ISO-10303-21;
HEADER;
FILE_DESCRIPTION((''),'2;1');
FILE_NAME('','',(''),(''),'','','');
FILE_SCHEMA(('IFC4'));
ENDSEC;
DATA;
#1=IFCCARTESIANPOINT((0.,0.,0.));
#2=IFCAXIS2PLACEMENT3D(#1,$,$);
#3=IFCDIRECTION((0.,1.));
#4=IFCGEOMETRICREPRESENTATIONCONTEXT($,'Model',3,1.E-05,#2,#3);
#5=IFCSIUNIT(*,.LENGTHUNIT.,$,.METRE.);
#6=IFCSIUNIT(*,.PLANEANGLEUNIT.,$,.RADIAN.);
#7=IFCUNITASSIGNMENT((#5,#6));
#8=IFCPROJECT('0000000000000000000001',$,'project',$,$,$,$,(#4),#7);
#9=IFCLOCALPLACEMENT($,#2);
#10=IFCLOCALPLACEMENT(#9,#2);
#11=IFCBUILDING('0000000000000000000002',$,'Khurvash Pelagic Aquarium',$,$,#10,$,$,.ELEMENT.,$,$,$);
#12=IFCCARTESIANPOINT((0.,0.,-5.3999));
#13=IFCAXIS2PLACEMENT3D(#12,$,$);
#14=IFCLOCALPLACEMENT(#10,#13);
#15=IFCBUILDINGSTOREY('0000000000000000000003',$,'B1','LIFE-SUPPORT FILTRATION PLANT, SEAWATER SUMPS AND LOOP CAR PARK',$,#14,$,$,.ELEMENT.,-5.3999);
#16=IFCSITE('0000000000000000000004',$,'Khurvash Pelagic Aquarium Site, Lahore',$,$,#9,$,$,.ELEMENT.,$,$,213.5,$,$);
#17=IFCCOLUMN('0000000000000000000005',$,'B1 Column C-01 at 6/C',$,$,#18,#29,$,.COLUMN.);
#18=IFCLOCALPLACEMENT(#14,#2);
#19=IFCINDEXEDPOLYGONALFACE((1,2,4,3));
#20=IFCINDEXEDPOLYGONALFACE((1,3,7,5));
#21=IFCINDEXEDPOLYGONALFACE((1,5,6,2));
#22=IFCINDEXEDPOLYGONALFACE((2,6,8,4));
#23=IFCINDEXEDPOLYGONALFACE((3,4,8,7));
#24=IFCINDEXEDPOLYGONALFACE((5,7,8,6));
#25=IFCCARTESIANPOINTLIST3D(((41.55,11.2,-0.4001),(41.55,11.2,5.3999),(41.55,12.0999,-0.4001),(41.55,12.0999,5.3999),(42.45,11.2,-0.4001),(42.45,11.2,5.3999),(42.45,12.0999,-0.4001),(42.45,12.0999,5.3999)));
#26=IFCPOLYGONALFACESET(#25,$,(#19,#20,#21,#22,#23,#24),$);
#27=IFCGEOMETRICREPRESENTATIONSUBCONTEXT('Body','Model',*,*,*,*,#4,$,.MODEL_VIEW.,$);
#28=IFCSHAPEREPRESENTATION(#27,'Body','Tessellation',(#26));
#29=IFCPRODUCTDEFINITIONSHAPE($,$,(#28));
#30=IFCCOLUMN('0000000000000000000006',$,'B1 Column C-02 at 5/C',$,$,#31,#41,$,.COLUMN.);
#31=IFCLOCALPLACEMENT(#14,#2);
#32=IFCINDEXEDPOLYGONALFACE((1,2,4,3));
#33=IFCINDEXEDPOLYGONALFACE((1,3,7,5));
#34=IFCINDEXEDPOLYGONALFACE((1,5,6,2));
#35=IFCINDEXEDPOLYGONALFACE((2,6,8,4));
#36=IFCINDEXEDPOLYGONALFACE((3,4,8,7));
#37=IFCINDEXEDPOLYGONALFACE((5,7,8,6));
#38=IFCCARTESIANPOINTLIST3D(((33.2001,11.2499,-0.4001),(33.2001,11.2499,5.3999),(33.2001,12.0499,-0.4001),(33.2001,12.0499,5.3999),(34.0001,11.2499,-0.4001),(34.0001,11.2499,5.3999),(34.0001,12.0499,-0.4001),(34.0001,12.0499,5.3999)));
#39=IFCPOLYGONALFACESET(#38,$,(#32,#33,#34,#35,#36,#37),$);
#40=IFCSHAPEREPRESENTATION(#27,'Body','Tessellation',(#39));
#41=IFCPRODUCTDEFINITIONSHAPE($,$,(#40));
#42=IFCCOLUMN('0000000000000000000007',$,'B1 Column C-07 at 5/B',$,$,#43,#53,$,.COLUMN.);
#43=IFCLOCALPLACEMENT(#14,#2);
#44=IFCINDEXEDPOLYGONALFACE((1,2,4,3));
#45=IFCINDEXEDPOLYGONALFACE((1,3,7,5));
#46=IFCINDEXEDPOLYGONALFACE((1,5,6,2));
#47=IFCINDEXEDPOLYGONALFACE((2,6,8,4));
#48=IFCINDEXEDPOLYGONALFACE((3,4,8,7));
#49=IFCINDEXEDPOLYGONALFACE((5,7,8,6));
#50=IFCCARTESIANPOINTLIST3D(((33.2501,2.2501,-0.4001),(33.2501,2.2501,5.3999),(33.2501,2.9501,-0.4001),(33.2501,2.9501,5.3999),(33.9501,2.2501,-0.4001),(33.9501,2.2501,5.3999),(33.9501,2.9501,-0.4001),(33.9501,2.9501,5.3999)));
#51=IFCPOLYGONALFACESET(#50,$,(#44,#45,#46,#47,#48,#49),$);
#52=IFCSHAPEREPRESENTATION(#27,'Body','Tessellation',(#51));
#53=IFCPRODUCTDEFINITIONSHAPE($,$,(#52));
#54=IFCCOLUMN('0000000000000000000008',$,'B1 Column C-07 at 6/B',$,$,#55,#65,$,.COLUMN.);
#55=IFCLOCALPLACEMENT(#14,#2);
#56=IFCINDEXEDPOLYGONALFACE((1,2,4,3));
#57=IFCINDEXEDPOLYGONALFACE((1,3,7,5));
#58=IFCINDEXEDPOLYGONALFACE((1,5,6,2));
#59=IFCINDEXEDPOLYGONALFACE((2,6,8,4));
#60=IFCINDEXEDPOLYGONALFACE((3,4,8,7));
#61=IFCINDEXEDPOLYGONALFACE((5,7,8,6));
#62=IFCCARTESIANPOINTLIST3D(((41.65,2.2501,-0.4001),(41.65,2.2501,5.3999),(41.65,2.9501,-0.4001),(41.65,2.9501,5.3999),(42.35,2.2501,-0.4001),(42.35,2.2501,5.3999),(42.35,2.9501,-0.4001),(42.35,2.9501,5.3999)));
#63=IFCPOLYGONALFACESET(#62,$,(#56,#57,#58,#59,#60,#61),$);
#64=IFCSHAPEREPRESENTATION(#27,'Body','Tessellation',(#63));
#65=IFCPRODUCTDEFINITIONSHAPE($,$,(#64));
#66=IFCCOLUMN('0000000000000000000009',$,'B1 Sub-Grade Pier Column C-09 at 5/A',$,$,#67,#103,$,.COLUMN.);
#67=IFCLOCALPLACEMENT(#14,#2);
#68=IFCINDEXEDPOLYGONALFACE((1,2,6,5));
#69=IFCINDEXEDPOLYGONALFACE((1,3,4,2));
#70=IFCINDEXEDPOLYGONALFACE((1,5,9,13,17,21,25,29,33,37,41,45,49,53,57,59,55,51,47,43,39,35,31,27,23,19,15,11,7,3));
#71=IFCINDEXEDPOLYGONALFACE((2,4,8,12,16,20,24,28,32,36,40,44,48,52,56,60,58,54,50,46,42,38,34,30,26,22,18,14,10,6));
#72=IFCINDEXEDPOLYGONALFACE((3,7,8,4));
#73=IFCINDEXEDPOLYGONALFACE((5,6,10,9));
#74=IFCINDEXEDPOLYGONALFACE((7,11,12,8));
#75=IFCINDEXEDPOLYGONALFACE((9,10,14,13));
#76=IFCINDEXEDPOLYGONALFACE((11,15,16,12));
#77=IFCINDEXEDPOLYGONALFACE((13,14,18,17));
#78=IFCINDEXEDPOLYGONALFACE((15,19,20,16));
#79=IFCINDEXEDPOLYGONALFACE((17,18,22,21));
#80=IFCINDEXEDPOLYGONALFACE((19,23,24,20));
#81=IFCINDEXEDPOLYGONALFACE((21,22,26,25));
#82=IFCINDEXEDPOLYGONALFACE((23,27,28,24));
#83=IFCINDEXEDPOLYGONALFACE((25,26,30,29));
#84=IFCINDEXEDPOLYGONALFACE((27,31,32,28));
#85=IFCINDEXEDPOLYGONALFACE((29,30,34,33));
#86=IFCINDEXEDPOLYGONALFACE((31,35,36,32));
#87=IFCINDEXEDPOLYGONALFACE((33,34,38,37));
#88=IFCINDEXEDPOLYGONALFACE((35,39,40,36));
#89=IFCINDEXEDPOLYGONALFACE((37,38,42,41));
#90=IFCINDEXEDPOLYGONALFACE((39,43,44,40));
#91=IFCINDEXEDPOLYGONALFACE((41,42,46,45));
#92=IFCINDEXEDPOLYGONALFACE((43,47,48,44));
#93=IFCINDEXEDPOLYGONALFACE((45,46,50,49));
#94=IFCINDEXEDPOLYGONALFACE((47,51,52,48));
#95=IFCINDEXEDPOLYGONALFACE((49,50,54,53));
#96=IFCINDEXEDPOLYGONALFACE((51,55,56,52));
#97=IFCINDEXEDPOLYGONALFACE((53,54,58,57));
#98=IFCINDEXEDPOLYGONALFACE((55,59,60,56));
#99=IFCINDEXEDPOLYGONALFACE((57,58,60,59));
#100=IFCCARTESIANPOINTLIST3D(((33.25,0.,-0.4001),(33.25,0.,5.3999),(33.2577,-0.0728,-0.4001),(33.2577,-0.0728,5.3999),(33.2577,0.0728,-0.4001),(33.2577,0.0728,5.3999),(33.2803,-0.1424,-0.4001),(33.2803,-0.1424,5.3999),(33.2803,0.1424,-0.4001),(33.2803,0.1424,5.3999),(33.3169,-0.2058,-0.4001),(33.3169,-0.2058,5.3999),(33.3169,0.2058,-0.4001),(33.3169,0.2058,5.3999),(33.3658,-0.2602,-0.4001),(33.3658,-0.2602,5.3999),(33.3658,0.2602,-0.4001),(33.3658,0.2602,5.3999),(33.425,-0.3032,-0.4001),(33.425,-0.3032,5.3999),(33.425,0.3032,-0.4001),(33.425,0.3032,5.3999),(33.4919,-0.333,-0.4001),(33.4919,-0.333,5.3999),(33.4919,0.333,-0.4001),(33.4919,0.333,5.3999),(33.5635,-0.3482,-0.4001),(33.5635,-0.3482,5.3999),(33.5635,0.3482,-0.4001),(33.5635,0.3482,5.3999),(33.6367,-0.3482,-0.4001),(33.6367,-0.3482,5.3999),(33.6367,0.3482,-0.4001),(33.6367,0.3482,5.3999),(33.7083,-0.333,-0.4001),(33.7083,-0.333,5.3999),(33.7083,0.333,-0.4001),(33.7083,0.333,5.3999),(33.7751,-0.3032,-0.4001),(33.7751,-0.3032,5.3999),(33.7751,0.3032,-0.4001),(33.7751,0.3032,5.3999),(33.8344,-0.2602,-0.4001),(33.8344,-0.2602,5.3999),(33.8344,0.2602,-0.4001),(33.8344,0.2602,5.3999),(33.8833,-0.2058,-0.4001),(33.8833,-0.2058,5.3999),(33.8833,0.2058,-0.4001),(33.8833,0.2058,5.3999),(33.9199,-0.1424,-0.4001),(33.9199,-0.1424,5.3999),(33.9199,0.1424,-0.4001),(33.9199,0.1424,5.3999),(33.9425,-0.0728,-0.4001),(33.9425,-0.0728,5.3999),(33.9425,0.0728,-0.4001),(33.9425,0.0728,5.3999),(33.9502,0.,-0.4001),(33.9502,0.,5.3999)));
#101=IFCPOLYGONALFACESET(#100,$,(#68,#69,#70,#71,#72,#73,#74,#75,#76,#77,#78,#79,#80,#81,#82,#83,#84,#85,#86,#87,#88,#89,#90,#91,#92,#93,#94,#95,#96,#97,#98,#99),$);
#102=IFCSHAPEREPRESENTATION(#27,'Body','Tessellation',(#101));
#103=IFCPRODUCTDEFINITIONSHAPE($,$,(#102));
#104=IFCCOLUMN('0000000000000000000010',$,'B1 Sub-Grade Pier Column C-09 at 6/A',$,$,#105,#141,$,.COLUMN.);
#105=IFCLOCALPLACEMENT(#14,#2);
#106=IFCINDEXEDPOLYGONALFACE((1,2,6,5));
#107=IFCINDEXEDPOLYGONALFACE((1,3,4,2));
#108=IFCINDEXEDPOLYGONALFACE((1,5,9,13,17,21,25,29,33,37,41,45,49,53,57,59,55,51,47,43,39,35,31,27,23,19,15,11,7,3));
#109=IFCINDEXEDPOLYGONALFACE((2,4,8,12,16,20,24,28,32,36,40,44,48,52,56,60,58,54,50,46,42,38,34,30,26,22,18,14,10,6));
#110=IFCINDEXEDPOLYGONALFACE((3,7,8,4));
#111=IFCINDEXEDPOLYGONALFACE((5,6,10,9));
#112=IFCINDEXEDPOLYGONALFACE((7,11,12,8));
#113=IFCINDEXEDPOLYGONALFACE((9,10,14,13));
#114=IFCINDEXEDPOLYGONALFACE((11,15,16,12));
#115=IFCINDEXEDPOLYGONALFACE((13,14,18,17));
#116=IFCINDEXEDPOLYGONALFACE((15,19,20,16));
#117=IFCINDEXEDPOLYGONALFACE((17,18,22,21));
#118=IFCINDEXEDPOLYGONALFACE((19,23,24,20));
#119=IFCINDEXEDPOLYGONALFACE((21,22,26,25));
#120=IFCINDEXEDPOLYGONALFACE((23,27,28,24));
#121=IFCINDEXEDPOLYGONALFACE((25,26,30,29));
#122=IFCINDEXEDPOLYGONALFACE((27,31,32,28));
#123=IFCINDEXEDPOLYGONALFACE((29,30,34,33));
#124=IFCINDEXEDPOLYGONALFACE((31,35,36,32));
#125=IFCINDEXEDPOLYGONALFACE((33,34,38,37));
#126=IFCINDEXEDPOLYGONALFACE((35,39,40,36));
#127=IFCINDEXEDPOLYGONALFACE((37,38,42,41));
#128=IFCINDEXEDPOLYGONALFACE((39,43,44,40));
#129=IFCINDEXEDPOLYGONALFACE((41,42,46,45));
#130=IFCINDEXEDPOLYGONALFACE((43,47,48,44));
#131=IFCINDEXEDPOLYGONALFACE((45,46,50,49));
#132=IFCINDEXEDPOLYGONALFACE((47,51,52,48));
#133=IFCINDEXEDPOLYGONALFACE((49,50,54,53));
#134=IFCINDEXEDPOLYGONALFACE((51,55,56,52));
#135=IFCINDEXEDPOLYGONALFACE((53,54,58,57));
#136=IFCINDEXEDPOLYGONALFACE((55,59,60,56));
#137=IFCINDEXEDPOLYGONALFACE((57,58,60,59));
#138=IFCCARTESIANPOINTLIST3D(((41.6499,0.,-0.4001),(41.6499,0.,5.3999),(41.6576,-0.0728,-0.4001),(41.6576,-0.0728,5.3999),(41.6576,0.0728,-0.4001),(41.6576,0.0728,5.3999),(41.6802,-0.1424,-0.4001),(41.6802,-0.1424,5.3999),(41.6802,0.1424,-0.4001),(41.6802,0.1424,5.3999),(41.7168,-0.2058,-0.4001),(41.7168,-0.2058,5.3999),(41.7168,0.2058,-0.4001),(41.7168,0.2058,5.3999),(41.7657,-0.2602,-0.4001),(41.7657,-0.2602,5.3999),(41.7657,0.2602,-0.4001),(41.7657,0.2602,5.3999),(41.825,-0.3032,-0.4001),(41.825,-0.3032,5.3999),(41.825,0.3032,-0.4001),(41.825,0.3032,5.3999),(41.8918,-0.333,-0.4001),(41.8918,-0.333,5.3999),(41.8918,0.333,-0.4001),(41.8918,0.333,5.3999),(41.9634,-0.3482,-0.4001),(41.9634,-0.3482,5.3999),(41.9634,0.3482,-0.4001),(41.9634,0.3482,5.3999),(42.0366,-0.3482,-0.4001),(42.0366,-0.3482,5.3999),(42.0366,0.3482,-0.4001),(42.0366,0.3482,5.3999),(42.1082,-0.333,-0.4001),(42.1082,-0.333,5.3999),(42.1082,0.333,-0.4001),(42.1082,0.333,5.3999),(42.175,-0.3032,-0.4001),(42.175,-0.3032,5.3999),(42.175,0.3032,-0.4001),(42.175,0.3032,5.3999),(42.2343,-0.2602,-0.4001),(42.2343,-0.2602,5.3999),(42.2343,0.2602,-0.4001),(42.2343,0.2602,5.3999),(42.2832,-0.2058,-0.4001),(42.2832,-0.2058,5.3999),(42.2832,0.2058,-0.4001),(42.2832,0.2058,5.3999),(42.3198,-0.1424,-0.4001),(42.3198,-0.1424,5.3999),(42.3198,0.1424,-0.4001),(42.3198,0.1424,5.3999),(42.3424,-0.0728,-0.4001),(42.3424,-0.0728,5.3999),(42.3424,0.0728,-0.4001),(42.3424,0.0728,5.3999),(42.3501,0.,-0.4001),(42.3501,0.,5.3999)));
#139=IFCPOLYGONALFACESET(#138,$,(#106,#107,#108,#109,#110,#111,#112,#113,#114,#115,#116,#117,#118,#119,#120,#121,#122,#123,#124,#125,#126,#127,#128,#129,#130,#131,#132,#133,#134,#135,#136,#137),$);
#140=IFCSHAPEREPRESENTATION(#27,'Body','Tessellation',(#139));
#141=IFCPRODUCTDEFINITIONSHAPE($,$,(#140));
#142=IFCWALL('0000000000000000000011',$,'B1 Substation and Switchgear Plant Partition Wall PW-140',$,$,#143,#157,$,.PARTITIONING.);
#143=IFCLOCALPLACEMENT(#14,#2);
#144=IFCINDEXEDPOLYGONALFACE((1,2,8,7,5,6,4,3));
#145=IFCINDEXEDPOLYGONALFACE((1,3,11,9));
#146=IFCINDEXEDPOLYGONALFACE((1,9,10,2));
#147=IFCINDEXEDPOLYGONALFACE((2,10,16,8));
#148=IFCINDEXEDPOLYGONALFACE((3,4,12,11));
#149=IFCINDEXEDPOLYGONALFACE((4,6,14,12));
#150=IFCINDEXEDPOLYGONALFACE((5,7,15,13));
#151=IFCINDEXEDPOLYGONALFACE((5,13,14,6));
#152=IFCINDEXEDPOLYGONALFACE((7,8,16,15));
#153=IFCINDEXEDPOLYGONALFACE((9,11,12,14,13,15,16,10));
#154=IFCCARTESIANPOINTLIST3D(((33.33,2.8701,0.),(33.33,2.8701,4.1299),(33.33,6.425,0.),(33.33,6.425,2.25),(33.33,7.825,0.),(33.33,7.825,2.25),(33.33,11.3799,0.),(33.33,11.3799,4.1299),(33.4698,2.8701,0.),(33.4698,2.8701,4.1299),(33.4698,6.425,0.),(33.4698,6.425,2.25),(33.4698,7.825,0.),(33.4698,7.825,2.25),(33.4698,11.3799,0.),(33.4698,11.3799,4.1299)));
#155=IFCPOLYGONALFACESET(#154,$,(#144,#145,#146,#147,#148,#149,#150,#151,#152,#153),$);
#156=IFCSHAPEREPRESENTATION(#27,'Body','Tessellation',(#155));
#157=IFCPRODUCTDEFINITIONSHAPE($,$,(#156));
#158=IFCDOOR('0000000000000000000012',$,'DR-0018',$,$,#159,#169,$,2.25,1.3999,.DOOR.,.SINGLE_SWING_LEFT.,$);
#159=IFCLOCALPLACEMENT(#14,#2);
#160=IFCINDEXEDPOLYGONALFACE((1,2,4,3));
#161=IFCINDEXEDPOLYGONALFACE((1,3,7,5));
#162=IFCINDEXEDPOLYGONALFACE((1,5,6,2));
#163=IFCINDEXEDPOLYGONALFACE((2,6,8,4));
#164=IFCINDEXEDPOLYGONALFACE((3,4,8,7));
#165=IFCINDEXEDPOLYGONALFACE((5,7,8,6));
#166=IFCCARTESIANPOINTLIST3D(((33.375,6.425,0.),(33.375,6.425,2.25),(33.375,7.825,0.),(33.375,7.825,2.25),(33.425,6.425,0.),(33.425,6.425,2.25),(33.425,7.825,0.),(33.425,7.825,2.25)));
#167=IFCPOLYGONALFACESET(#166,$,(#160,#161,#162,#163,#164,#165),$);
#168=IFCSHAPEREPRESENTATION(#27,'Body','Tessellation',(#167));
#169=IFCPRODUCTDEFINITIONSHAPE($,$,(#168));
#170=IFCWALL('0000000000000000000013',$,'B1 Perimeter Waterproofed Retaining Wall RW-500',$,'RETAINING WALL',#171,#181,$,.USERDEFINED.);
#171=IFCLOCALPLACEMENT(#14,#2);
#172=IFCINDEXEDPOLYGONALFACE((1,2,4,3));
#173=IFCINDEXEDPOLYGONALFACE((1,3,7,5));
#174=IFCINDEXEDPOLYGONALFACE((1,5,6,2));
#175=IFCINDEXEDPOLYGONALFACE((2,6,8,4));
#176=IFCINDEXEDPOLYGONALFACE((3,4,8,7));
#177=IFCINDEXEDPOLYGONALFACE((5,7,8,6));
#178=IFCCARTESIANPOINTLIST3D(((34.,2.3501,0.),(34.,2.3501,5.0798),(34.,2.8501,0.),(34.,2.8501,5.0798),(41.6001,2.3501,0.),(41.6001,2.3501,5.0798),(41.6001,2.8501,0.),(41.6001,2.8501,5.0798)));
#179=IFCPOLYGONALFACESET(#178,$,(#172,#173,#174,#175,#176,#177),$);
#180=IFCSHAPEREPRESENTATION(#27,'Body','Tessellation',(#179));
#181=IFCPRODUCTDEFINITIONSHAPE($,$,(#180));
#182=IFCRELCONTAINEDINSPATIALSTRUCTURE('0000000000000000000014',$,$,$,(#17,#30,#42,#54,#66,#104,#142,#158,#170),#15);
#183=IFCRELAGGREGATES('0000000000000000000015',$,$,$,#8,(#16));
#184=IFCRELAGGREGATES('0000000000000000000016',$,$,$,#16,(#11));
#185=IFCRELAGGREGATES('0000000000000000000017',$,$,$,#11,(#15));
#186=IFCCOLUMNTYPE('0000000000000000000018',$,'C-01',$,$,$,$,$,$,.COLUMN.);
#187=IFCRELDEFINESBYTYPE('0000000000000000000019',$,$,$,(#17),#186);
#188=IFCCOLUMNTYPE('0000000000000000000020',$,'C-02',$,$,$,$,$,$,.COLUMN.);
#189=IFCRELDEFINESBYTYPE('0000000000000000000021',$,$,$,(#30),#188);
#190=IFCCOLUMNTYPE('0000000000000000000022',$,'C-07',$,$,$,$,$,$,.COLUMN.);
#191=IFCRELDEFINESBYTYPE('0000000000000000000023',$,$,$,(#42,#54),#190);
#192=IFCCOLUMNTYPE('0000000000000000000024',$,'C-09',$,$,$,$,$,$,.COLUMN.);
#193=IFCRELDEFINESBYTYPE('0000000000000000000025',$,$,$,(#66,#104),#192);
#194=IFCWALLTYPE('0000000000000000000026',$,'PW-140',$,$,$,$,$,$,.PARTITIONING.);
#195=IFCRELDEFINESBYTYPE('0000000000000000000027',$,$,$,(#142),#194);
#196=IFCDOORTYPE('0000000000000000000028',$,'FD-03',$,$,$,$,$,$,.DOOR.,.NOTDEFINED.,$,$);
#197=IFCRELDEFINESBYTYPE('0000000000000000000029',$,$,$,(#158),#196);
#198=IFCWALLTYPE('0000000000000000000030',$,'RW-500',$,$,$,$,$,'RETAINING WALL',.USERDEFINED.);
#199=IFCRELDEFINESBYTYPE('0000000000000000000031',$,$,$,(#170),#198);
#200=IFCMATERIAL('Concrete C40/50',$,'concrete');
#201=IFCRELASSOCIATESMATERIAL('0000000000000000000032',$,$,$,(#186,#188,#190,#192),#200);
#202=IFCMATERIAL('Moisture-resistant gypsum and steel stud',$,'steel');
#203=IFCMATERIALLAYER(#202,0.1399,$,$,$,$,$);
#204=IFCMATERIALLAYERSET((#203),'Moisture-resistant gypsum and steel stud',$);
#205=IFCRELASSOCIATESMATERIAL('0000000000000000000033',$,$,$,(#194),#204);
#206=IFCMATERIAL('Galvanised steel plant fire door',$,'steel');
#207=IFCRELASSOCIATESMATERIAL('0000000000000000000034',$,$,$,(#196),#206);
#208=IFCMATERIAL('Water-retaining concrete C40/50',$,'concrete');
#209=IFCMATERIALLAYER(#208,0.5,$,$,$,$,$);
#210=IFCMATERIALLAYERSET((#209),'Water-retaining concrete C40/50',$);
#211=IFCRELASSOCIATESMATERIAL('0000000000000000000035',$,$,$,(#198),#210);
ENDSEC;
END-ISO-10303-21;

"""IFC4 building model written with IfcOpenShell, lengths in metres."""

from ifc_helpers import new_model, si_unit, direction, frame, frame_2d, origin, origin_2d, place, context, subcontext, project, spatial, rectangle, circle, extrude, material, layer, layer_set, material_profile, profile_set, type_object, element, fill, save


model = new_model("IFC4")

# Units and contexts
model_context = context("Model", 3, precision=1e-05, world=origin(), true_north=direction((0.0, 1.0)))
body_context = subcontext(model_context, "Body", "Model", "MODEL_VIEW")
ifc_project = project(units=[si_unit("LENGTHUNIT", "METRE"), si_unit("PLANEANGLEUNIT", "RADIAN")], contexts=[model_context])

# Site, building, storey
site_placement = place(None, origin())
site = spatial("IfcSite", under=ifc_project, at=site_placement, Name="Khurvash Pelagic Aquarium Site, Lahore", CompositionType="ELEMENT", RefElevation=213.5)
building_placement = place(site_placement, origin())
building = spatial("IfcBuilding", under=site, at=building_placement, Name="Khurvash Pelagic Aquarium", CompositionType="ELEMENT")
storey_placement = place(building_placement, frame((0.0, 0.0, -5.3999)))
storey = spatial("IfcBuildingStorey", under=building, at=storey_placement, Name="B1", Description="LIFE-SUPPORT FILTRATION PLANT, SEAWATER SUMPS AND LOOP CAR PARK", CompositionType="ELEMENT", Elevation=-5.3999)

# Columns
ifc_material_1 = material(Name="Concrete C40/50", Category="concrete")
ifc_material_profile_1 = material_profile(ifc_material_1, rectangle(XDim=0.8999, YDim=0.8999, at=origin_2d()), Name="RC900X900")
ifc_profile_set_1 = profile_set([ifc_material_profile_1], Name="Concrete C40/50")
column_type_1 = type_object("IfcColumnType", Name="C-01", PredefinedType="COLUMN", material=ifc_profile_set_1)
column_1_placement = place(storey_placement, frame((42.0, 11.6499, -0.4001), z_axis=(0.0, 0.0, 1.0), x_axis=(1.0, 0.0, 0.0)))
element("IfcColumn", 1, at=column_1_placement, inside=storey, type_object=column_type_1, Name="B1 Column C-01 at 6/C", PredefinedType="COLUMN", context=body_context, shape_type="SweptSolid", body=[
    extrude(rectangle(XDim=0.8999, YDim=0.8999, at=origin_2d()), origin(), (0.0, 0.0, 1.0), 5.8),
])
ifc_material_profile_2 = material_profile(ifc_material_1, rectangle(XDim=0.8, YDim=0.8, at=origin_2d()), Name="RC800X800")
ifc_profile_set_2 = profile_set([ifc_material_profile_2], Name="Concrete C40/50")
column_type_2 = type_object("IfcColumnType", Name="C-02", PredefinedType="COLUMN", material=ifc_profile_set_2)
column_2_placement = place(storey_placement, frame((33.6001, 11.6499, -0.4001), z_axis=(0.0, 0.0, 1.0), x_axis=(1.0, 0.0, 0.0)))
element("IfcColumn", 2, at=column_2_placement, inside=storey, type_object=column_type_2, Name="B1 Column C-02 at 5/C", PredefinedType="COLUMN", context=body_context, shape_type="SweptSolid", body=[
    extrude(rectangle(XDim=0.8, YDim=0.8, at=origin_2d()), origin(), (0.0, 0.0, 1.0), 5.8),
])
ifc_material_profile_3 = material_profile(ifc_material_1, rectangle(XDim=0.7, YDim=0.7, at=origin_2d()), Name="RC700X700")
ifc_profile_set_3 = profile_set([ifc_material_profile_3], Name="Concrete C40/50")
column_type_3 = type_object("IfcColumnType", Name="C-07", PredefinedType="COLUMN", material=ifc_profile_set_3)
for number, where, z_axis, x_axis, name in (
    (3, (33.6001, 2.6001, -0.4001), (0.0, 0.0, 1.0), (1.0, 0.0, 0.0), "B1 Column C-07 at 5/B"),
    (4, (42.0, 2.6001, -0.4001), (0.0, 0.0, 1.0), (1.0, 0.0, 0.0), "B1 Column C-07 at 6/B"),
):
    element("IfcColumn", number, at=place(storey_placement, frame(where, z_axis=z_axis, x_axis=x_axis)), inside=storey, type_object=column_type_3, Name=name, PredefinedType="COLUMN", context=body_context, shape_type="SweptSolid", body=[
        extrude(rectangle(XDim=0.7, YDim=0.7, at=origin_2d()), origin(), (0.0, 0.0, 1.0), 5.8),
    ])
ifc_material_profile_4 = material_profile(ifc_material_1, circle(Radius=0.3501, at=origin_2d()), Name="RC700D")
ifc_profile_set_4 = profile_set([ifc_material_profile_4], Name="Concrete C40/50")
column_type_4 = type_object("IfcColumnType", Name="C-09", PredefinedType="COLUMN", material=ifc_profile_set_4)
for number, where, z_axis, x_axis, name in (
    (5, (33.6001, 0.0, -0.4001), (0.0, 0.0, 1.0), (1.0, 0.0, 0.0), "B1 Sub-Grade Pier Column C-09 at 5/A"),
    (6, (42.0, 0.0, -0.4001), (0.0, 0.0, 1.0), (1.0, 0.0, 0.0), "B1 Sub-Grade Pier Column C-09 at 6/A"),
):
    element("IfcColumn", number, at=place(storey_placement, frame(where, z_axis=z_axis, x_axis=x_axis)), inside=storey, type_object=column_type_4, Name=name, PredefinedType="COLUMN", context=body_context, shape_type="SweptSolid", body=[
        extrude(circle(Radius=0.3501, at=origin_2d()), origin(), (0.0, 0.0, 1.0), 5.8),
    ])

# Wall, opening, door
ifc_material_2 = material(Name="Moisture-resistant gypsum and steel stud", Category="steel")
ifc_layer_1 = layer(ifc_material_2, 0.1399)
ifc_layer_set_1 = layer_set([ifc_layer_1], Name="Moisture-resistant gypsum and steel stud")
wall_type_1 = type_object("IfcWallType", Name="PW-140", PredefinedType="PARTITIONING", material=ifc_layer_set_1)
wall_1_placement = place(storey_placement, frame((33.3999, 2.8701, 0.0), z_axis=(0.0, 0.0, 1.0), x_axis=(0.0, 1.0, 0.0)))
wall_1 = element("IfcWall", 7, at=wall_1_placement, inside=storey, type_object=wall_type_1, Name="B1 Substation and Switchgear Plant Partition Wall PW-140", PredefinedType="PARTITIONING", context=body_context, shape_type="SweptSolid", body=[
    extrude(rectangle(XDim=8.5098, YDim=0.1399, at=frame_2d((4.2549, 0.0))), origin(), (0.0, 0.0, 1.0), 4.1299),
])
opening_placement = place(wall_1_placement, frame((3.5549, 0.0, 0.0)))
opening = element("IfcOpeningElement", 8, at=opening_placement, cuts=wall_1, PredefinedType="OPENING", context=body_context, shape_type="SweptSolid", body=[
    extrude(rectangle(XDim=1.3999, YDim=2.25, at=frame_2d((0.7, 1.125))), frame((0.0, 0.0801, 0.0), z_axis=(0.0, -1.0, 0.0), x_axis=(1.0, 0.0, 0.0)), (0.0, 0.0, 1.0), 0.1599),
])
ifc_material_3 = material(Name="Galvanised steel plant fire door", Category="steel")
door_type = type_object("IfcDoorType", Name="FD-03", OperationType="NOTDEFINED", PredefinedType="DOOR", material=ifc_material_3)
door_placement = place(opening_placement, origin())
door = element("IfcDoor", 9, at=door_placement, inside=storey, type_object=door_type, Name="DR-0018", OperationType="SINGLE_SWING_LEFT", OverallHeight=2.25, OverallWidth=1.3999, PredefinedType="DOOR", context=body_context, shape_type="SweptSolid", body=[
    extrude(rectangle(XDim=1.3999, YDim=2.25, at=frame_2d((0.7, 1.125))), frame((0.0, 0.0249, 0.0), z_axis=(0.0, -1.0, 0.0), x_axis=(1.0, 0.0, 0.0)), (0.0, 0.0, 1.0), 0.05),
])
fill(opening, door)

# Wall
ifc_material_4 = material(Name="Water-retaining concrete C40/50", Category="concrete")
ifc_layer_2 = layer(ifc_material_4, 0.5)
ifc_layer_set_2 = layer_set([ifc_layer_2], Name="Water-retaining concrete C40/50")
wall_type_2 = type_object("IfcWallType", Name="RW-500", ElementType="RETAINING WALL", PredefinedType="USERDEFINED", material=ifc_layer_set_2)
wall_2_placement = place(storey_placement, frame((41.6001, 2.6001, 0.0), z_axis=(0.0, 0.0, 1.0), x_axis=(-1.0, 0.0, 0.0)))
element("IfcWall", 10, at=wall_2_placement, inside=storey, type_object=wall_type_2, Name="B1 Perimeter Waterproofed Retaining Wall RW-500", ObjectType="RETAINING WALL", PredefinedType="USERDEFINED", context=body_context, shape_type="SweptSolid", body=[
    extrude(rectangle(XDim=7.6001, YDim=0.5, at=frame_2d((3.8, 0.0))), origin(), (0.0, 0.0, 1.0), 5.0798),
])

save(model, "model.ifc")
